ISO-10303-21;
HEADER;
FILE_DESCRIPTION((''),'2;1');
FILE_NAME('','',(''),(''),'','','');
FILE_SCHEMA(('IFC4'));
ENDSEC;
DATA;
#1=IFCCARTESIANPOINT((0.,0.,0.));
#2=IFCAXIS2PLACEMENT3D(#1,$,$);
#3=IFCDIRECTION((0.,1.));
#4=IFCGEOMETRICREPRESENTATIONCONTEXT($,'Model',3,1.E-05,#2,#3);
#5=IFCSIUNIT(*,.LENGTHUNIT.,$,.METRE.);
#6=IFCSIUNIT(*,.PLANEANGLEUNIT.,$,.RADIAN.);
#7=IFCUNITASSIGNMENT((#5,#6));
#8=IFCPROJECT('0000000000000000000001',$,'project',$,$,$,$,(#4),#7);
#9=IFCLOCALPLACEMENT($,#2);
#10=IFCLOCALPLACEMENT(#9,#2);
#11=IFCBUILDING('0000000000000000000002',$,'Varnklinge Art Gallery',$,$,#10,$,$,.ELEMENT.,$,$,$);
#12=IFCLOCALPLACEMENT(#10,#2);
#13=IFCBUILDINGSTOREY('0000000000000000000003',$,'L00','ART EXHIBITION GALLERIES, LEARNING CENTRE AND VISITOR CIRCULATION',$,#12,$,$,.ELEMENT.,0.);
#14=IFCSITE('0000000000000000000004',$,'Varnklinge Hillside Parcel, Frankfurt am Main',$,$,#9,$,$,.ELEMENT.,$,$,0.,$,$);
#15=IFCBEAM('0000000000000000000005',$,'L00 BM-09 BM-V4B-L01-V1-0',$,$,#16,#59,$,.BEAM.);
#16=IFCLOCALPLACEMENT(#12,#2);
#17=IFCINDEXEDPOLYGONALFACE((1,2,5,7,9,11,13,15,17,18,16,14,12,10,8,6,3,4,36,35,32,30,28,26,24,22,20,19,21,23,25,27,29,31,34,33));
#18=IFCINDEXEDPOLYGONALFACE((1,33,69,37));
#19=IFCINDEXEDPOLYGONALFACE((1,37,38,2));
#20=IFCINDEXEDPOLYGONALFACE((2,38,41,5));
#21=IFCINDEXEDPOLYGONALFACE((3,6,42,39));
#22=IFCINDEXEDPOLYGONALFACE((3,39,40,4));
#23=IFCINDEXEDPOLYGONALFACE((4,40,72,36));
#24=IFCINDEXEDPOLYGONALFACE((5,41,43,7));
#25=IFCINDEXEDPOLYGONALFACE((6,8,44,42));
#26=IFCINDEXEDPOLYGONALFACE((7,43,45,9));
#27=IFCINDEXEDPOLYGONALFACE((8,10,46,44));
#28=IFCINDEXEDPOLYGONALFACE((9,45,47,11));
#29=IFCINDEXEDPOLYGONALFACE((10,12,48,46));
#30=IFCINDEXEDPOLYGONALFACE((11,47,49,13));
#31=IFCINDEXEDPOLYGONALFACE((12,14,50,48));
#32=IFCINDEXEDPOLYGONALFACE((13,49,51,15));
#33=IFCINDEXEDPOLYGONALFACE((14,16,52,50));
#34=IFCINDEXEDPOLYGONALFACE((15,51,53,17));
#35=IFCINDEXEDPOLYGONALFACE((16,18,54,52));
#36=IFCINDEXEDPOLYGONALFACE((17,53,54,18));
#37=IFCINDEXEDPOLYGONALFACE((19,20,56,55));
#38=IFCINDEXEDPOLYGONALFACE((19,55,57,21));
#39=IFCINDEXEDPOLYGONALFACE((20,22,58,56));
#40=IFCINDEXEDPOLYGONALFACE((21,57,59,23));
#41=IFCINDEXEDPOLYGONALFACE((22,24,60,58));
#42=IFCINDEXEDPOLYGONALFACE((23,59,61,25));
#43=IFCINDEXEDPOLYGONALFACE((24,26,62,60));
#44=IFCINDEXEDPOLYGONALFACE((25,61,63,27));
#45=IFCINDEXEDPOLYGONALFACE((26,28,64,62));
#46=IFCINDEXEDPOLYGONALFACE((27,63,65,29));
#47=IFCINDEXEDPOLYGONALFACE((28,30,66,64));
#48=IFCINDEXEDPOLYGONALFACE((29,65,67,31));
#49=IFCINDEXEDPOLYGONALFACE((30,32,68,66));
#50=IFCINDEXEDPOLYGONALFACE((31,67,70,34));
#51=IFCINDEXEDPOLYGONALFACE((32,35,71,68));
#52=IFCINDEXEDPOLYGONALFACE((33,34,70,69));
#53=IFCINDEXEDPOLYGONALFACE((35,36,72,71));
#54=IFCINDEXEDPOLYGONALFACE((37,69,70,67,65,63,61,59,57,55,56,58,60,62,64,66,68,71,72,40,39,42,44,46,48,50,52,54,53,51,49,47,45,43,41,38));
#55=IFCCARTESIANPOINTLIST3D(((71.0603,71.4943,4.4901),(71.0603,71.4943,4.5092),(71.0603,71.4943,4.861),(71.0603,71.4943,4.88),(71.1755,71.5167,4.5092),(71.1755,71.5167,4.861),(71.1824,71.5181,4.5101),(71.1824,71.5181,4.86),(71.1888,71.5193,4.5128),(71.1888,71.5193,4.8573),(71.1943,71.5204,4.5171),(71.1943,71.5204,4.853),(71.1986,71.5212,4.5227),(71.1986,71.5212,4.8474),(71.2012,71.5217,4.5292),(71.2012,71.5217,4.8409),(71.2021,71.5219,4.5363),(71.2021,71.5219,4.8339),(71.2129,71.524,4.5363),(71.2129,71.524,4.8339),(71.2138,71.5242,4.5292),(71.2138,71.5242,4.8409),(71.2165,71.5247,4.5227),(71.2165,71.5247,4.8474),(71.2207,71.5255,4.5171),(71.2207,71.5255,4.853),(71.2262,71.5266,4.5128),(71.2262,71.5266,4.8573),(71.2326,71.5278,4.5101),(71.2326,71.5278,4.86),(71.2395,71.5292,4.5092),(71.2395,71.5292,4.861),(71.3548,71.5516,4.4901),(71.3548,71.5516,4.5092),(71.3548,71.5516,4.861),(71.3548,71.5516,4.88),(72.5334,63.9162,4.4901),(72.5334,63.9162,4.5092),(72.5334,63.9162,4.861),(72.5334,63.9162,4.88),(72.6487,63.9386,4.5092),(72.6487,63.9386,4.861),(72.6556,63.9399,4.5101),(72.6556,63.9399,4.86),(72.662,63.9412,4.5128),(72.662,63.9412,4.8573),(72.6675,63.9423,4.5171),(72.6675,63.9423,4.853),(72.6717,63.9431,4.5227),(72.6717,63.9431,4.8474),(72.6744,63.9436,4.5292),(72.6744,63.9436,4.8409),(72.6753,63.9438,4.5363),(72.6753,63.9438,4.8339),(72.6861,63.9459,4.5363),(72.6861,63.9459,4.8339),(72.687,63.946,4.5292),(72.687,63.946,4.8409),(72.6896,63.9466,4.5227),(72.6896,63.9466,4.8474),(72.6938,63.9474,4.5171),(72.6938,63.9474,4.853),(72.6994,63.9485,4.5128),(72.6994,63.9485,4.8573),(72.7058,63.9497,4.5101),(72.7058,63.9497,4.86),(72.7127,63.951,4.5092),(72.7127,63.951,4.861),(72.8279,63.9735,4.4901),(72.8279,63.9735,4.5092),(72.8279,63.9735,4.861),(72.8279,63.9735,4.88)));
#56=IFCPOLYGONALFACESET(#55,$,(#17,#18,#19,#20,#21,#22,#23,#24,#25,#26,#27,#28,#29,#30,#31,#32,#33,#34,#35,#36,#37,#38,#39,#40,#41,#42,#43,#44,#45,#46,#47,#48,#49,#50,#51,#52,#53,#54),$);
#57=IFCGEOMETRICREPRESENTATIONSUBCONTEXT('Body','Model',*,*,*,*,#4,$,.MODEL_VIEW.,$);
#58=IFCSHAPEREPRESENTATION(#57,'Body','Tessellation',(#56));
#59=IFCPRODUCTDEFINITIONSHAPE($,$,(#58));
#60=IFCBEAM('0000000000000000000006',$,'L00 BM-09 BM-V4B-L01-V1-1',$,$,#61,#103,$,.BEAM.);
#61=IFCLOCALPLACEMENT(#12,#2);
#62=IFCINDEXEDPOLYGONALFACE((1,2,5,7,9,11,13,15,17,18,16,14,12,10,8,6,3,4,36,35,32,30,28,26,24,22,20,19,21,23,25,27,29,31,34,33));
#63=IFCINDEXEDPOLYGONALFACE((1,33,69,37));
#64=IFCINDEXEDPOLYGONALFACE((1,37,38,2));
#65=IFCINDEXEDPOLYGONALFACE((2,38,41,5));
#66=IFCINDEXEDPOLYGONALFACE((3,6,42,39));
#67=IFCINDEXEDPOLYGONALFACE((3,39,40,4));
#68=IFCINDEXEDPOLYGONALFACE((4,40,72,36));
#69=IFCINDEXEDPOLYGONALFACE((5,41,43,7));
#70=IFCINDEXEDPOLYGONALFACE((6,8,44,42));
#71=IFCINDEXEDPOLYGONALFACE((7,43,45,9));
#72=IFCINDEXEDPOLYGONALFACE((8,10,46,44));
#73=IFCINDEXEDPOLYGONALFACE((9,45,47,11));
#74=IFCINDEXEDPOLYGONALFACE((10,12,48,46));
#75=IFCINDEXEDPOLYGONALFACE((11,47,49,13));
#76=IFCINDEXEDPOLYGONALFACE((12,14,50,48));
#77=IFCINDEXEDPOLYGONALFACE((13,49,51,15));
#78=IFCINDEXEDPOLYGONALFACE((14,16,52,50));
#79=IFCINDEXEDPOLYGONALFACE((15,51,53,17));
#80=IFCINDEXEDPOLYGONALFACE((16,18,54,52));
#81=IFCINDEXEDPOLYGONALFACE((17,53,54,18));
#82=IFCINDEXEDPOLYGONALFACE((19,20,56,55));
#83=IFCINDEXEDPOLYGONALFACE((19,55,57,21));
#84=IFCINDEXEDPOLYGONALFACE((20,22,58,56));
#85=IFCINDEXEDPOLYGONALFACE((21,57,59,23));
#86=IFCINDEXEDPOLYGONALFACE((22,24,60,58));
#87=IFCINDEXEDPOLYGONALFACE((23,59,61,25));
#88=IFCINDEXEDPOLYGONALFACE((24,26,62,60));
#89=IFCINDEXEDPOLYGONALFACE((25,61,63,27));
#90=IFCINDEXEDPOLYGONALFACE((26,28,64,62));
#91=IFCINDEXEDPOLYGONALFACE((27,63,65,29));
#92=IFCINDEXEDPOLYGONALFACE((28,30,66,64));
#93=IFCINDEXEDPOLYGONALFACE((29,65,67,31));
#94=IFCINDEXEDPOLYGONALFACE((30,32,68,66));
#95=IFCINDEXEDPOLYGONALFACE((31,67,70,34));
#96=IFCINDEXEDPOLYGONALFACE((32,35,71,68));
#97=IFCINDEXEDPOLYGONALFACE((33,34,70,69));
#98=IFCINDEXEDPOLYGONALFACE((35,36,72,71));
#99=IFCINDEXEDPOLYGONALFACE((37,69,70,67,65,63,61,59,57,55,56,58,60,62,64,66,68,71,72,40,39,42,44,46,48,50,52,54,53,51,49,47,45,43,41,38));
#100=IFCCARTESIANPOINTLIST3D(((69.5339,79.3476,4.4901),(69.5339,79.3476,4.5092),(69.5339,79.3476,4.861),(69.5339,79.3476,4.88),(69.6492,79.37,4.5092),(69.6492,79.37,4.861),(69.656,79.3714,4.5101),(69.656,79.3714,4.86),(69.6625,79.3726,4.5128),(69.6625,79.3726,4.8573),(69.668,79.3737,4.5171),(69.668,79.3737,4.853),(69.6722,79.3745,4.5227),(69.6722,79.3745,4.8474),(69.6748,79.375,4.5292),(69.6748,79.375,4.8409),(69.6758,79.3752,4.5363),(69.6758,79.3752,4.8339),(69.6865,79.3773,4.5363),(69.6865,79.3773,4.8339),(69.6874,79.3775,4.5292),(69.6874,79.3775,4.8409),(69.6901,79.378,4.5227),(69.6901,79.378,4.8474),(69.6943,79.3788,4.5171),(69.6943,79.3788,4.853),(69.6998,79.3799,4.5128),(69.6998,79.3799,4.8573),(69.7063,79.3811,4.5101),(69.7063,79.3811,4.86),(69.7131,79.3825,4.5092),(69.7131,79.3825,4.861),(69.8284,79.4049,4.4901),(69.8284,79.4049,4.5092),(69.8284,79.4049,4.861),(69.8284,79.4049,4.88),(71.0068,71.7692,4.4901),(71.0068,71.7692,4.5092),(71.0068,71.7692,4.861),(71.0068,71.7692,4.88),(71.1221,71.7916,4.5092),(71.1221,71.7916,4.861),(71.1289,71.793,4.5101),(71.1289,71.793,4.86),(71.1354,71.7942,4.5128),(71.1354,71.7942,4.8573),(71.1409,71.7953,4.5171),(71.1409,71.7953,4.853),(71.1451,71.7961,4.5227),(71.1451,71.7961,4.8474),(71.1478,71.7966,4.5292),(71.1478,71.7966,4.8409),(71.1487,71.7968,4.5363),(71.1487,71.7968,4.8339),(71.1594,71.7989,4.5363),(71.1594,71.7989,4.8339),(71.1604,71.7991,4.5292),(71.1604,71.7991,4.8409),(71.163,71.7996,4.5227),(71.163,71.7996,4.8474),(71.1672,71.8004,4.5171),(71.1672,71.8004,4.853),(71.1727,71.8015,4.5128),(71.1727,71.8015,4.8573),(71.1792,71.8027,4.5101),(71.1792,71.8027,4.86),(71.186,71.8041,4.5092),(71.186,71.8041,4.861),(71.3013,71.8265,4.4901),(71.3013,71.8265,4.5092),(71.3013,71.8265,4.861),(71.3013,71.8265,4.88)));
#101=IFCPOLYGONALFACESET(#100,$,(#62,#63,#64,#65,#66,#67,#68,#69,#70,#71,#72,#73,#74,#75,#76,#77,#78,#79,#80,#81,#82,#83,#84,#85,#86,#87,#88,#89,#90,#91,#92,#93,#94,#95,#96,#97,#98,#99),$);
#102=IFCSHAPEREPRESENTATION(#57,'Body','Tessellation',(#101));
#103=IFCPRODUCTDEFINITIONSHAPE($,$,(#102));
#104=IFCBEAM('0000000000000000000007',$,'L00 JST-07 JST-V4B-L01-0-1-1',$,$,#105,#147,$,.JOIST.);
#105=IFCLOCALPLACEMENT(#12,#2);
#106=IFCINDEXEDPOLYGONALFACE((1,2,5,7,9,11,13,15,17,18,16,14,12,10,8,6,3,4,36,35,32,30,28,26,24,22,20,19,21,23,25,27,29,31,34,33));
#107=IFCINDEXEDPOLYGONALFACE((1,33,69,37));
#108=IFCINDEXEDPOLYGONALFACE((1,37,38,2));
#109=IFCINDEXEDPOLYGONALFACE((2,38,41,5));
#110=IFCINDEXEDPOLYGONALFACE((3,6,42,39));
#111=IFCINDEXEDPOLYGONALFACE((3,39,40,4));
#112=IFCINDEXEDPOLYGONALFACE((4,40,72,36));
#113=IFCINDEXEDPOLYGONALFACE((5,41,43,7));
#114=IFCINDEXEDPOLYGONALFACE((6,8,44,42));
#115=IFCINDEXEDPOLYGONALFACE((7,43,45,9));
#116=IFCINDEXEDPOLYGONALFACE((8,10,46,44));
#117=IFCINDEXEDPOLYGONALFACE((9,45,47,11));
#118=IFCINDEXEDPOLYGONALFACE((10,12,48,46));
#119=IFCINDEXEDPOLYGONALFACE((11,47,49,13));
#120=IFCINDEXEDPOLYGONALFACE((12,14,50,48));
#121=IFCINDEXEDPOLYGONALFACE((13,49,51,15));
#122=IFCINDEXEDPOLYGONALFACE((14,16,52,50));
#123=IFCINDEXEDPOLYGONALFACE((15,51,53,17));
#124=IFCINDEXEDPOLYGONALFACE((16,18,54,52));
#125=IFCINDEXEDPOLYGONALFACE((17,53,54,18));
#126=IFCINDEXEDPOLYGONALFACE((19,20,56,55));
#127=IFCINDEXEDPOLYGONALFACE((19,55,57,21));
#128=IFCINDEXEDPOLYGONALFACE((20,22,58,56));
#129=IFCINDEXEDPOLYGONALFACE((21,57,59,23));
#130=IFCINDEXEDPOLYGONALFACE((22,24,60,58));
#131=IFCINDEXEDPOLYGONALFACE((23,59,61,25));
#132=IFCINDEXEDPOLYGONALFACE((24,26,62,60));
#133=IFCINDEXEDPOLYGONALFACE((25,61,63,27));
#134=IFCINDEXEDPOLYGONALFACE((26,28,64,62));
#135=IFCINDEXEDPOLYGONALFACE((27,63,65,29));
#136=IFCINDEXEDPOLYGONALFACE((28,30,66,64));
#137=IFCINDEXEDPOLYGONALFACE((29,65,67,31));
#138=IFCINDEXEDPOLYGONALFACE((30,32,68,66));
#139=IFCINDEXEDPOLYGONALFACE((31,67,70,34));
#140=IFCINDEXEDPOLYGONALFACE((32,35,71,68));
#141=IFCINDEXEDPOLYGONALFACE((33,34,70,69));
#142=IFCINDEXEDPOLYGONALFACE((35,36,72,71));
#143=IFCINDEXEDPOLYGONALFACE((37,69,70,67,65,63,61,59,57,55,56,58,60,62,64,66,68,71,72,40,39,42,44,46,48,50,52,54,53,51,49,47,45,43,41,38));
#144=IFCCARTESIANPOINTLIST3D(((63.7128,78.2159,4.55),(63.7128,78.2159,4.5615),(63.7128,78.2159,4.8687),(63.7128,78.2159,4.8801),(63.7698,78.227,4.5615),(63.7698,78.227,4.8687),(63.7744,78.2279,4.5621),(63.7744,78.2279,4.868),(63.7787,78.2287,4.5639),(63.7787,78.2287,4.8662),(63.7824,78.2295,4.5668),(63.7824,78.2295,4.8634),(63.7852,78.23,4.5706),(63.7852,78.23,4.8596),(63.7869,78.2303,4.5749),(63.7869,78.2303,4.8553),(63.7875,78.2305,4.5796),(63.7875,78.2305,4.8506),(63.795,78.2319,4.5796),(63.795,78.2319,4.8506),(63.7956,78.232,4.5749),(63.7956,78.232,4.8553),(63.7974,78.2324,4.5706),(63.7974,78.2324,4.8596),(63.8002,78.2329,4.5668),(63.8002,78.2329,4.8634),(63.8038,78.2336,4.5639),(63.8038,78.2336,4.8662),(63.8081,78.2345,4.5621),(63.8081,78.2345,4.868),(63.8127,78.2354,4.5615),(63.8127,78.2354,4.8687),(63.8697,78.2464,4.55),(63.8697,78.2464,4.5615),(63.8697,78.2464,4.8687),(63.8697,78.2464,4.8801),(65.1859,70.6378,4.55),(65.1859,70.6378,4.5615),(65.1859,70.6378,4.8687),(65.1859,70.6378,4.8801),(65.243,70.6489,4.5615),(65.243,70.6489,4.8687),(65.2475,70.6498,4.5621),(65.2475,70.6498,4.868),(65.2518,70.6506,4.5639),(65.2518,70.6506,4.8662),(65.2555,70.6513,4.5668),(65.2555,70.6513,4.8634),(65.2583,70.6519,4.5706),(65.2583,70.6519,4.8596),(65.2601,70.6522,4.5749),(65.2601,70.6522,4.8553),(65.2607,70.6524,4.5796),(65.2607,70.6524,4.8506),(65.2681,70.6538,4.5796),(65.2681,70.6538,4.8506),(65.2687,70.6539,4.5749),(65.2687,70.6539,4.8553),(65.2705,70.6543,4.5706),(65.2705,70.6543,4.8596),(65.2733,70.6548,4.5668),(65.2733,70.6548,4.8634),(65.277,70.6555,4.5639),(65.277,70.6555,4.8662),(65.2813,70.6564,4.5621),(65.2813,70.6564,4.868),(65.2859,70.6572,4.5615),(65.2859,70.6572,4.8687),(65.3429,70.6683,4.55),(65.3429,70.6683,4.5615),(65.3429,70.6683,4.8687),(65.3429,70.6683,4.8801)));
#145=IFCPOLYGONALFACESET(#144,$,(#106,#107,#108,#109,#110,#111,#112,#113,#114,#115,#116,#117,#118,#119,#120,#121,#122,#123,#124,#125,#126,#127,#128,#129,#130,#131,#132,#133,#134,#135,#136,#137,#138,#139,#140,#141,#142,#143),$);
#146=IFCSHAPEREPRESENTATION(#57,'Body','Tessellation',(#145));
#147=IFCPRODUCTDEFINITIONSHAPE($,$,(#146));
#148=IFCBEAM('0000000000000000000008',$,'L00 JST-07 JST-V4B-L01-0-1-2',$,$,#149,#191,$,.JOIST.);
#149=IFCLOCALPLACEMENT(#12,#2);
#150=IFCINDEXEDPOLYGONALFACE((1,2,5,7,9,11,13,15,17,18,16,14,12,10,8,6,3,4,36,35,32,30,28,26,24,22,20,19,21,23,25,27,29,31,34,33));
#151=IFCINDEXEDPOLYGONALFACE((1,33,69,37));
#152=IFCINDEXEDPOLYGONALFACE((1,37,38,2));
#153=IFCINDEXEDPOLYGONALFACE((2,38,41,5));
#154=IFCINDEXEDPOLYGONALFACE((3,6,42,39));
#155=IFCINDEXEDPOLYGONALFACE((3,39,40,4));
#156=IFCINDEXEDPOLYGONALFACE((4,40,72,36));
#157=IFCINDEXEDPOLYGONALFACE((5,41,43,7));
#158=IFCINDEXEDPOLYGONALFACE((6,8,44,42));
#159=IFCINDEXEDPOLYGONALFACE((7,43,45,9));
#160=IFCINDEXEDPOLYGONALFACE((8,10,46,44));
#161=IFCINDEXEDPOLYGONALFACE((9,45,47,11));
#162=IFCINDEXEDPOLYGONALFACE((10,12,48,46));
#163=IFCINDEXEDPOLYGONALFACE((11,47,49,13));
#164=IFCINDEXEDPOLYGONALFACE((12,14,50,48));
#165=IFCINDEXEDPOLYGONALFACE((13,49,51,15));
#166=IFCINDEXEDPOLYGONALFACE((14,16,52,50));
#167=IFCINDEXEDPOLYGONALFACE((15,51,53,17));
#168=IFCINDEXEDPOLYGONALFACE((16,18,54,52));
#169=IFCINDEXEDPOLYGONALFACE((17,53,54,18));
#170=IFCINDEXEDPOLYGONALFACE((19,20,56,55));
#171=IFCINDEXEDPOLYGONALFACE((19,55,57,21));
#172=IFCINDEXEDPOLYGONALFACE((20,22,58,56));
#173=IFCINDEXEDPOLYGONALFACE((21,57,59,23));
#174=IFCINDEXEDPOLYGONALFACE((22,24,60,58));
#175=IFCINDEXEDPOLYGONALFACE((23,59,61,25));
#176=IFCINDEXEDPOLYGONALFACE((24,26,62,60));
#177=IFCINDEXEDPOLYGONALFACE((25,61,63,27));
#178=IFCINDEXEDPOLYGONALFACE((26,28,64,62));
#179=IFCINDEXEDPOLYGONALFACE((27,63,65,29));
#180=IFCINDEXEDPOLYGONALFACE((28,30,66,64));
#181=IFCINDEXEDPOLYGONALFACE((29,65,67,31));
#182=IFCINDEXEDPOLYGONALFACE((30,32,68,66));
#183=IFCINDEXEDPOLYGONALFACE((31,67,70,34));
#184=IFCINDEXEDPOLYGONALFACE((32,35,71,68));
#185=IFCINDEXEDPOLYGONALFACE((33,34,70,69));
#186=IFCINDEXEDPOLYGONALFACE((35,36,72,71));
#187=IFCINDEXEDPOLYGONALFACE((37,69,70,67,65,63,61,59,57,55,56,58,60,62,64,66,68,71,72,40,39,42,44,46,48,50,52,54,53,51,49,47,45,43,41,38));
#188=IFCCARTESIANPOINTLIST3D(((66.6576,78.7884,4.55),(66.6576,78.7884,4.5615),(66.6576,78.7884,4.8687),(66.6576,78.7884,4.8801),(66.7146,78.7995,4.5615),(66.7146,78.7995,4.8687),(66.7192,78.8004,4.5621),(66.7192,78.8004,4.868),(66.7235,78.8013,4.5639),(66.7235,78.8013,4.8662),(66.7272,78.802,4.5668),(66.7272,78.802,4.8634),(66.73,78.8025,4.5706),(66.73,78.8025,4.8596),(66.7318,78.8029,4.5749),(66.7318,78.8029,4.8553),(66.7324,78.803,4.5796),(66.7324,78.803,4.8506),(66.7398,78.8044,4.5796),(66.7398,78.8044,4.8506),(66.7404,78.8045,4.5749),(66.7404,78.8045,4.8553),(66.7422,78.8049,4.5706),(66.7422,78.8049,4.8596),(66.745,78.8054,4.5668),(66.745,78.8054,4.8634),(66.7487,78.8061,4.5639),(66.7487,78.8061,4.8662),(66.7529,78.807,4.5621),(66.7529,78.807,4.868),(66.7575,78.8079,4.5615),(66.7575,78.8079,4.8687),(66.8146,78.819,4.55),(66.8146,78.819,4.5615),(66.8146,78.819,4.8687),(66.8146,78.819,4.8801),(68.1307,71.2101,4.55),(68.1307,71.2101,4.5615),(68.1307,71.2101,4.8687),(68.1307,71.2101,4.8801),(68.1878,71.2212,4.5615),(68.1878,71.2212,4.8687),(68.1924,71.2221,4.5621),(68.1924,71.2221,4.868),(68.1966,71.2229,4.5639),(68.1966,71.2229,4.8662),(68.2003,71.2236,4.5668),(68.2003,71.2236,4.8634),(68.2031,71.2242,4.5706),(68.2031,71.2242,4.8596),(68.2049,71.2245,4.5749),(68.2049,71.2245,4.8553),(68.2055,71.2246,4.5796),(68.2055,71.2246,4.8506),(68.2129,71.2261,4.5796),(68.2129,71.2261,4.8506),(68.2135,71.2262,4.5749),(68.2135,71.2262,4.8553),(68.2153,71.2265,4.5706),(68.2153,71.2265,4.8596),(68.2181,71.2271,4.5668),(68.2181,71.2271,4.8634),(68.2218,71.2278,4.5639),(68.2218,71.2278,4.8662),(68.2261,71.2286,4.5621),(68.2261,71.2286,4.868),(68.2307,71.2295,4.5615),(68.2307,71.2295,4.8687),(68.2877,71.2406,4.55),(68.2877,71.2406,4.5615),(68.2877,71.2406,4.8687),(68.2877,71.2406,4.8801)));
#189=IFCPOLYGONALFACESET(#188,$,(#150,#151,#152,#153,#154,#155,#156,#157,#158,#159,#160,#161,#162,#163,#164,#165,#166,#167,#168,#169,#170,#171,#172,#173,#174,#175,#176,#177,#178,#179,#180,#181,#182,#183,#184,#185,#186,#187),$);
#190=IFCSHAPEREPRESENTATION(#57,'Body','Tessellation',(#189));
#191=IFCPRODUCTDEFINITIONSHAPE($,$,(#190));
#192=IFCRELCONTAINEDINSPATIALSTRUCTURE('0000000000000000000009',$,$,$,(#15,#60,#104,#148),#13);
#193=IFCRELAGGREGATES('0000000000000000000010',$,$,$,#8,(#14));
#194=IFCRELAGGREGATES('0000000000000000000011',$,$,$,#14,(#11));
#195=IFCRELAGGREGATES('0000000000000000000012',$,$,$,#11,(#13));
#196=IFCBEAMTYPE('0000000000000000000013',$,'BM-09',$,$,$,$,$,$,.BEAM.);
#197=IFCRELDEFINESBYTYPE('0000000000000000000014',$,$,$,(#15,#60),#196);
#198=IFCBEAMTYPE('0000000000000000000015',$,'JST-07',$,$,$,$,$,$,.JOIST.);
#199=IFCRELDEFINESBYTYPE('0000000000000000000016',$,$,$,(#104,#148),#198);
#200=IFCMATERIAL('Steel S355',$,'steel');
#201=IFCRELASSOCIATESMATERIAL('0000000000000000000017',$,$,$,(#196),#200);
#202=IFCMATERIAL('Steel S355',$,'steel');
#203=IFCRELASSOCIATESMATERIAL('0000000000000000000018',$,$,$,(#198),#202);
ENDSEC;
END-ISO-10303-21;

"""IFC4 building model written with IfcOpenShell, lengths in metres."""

from ifc_helpers import new_model, si_unit, direction, frame, origin, origin_2d, place, context, subcontext, project, spatial, i_section, extrude, material, material_profile, profile_set, type_object, element, save


model = new_model("IFC4")

# Units and contexts
model_context = context("Model", 3, precision=1e-05, world=origin(), true_north=direction((0.0, 1.0)))
body_context = subcontext(model_context, "Body", "Model", "MODEL_VIEW")
ifc_project = project(units=[si_unit("LENGTHUNIT", "METRE"), si_unit("PLANEANGLEUNIT", "RADIAN")], contexts=[model_context])

# Site, building, storey
site_placement = place(None, origin())
site = spatial("IfcSite", under=ifc_project, at=site_placement, Name="Varnklinge Hillside Parcel, Frankfurt am Main", CompositionType="ELEMENT", RefElevation=0.0)
building_placement = place(site_placement, origin())
building = spatial("IfcBuilding", under=site, at=building_placement, Name="Varnklinge Art Gallery", CompositionType="ELEMENT")
storey_placement = place(building_placement, origin())
storey = spatial("IfcBuildingStorey", under=building, at=storey_placement, Name="L00", Description="ART EXHIBITION GALLERIES, LEARNING CENTRE AND VISITOR CIRCULATION", CompositionType="ELEMENT", Elevation=0.0)

# Beams
ifc_material_1 = material(Name="Steel S355", Category="steel")
ifc_material_profile_1 = material_profile(ifc_material_1, i_section(OverallWidth=0.3, OverallDepth=0.3899, WebThickness=0.011, FlangeThickness=0.019, FilletRadius=0.0271, at=origin_2d()), Name="HEA 400")
ifc_profile_set_1 = profile_set([ifc_material_profile_1], Name="Steel S355")
beam_type_1 = type_object("IfcBeamType", Name="BM-09", PredefinedType="BEAM", material=ifc_profile_set_1)
beam_1_placement = place(storey_placement, frame((72.6807, 63.9448, 4.6851), z_axis=(-0.190822, 0.981625, 0.0), x_axis=(-0.981625, -0.190822, 0.0)))
element("IfcBeam", 1, at=beam_1_placement, inside=storey, type_object=beam_type_1, Name="L00 BM-09 BM-V4B-L01-V1-0", PredefinedType="BEAM", context=body_context, shape_type="SweptSolid", body=[
    extrude(i_section(OverallWidth=0.3, OverallDepth=0.3899, WebThickness=0.011, FlangeThickness=0.019, FilletRadius=0.0271, at=origin_2d()), origin(), (0.0, 0.0, 1.0), 7.72),
])
beam_2_placement = place(storey_placement, frame((71.1541, 71.7979, 4.6851), z_axis=(-0.190786, 0.981632, 0.0), x_axis=(-0.981632, -0.190786, 0.0)))
element("IfcBeam", 2, at=beam_2_placement, inside=storey, type_object=beam_type_1, Name="L00 BM-09 BM-V4B-L01-V1-1", PredefinedType="BEAM", context=body_context, shape_type="SweptSolid", body=[
    extrude(i_section(OverallWidth=0.3, OverallDepth=0.3899, WebThickness=0.011, FlangeThickness=0.019, FilletRadius=0.0271, at=origin_2d()), origin(), (0.0, 0.0, 1.0), 7.7202),
])
ifc_material_2 = material(Name="Steel S355", Category="steel")
ifc_material_profile_2 = material_profile(ifc_material_2, i_section(OverallWidth=0.1599, OverallDepth=0.3301, WebThickness=0.0076, FlangeThickness=0.0115, FilletRadius=0.0181, at=origin_2d()), Name="IPE 330")
ifc_profile_set_2 = profile_set([ifc_material_profile_2], Name="Steel S355")
beam_type_2 = type_object("IfcBeamType", Name="JST-07", PredefinedType="JOIST", material=ifc_profile_set_2)
beam_3_placement = place(storey_placement, frame((65.2644, 70.6531, 4.7151), z_axis=(-0.190822, 0.981625, 0.0), x_axis=(-0.981625, -0.190822, 0.0)))
element("IfcBeam", 3, at=beam_3_placement, inside=storey, type_object=beam_type_2, Name="L00 JST-07 JST-V4B-L01-0-1-1", PredefinedType="JOIST", context=body_context, shape_type="SweptSolid", body=[
    extrude(i_section(OverallWidth=0.1599, OverallDepth=0.3301, WebThickness=0.0076, FlangeThickness=0.0115, FilletRadius=0.0181, at=origin_2d()), origin(), (0.0, 0.0, 1.0), 7.72),
])
beam_4_placement = place(storey_placement, frame((68.2092, 71.2253, 4.7151), z_axis=(-0.190816, 0.981626, 0.0), x_axis=(-0.981626, -0.190816, 0.0)))
element("IfcBeam", 4, at=beam_4_placement, inside=storey, type_object=beam_type_2, Name="L00 JST-07 JST-V4B-L01-0-1-2", PredefinedType="JOIST", context=body_context, shape_type="SweptSolid", body=[
    extrude(i_section(OverallWidth=0.1599, OverallDepth=0.3301, WebThickness=0.0076, FlangeThickness=0.0115, FilletRadius=0.0181, at=origin_2d()), origin(), (0.0, 0.0, 1.0), 7.7202),
])

save(model, "model.ifc")
